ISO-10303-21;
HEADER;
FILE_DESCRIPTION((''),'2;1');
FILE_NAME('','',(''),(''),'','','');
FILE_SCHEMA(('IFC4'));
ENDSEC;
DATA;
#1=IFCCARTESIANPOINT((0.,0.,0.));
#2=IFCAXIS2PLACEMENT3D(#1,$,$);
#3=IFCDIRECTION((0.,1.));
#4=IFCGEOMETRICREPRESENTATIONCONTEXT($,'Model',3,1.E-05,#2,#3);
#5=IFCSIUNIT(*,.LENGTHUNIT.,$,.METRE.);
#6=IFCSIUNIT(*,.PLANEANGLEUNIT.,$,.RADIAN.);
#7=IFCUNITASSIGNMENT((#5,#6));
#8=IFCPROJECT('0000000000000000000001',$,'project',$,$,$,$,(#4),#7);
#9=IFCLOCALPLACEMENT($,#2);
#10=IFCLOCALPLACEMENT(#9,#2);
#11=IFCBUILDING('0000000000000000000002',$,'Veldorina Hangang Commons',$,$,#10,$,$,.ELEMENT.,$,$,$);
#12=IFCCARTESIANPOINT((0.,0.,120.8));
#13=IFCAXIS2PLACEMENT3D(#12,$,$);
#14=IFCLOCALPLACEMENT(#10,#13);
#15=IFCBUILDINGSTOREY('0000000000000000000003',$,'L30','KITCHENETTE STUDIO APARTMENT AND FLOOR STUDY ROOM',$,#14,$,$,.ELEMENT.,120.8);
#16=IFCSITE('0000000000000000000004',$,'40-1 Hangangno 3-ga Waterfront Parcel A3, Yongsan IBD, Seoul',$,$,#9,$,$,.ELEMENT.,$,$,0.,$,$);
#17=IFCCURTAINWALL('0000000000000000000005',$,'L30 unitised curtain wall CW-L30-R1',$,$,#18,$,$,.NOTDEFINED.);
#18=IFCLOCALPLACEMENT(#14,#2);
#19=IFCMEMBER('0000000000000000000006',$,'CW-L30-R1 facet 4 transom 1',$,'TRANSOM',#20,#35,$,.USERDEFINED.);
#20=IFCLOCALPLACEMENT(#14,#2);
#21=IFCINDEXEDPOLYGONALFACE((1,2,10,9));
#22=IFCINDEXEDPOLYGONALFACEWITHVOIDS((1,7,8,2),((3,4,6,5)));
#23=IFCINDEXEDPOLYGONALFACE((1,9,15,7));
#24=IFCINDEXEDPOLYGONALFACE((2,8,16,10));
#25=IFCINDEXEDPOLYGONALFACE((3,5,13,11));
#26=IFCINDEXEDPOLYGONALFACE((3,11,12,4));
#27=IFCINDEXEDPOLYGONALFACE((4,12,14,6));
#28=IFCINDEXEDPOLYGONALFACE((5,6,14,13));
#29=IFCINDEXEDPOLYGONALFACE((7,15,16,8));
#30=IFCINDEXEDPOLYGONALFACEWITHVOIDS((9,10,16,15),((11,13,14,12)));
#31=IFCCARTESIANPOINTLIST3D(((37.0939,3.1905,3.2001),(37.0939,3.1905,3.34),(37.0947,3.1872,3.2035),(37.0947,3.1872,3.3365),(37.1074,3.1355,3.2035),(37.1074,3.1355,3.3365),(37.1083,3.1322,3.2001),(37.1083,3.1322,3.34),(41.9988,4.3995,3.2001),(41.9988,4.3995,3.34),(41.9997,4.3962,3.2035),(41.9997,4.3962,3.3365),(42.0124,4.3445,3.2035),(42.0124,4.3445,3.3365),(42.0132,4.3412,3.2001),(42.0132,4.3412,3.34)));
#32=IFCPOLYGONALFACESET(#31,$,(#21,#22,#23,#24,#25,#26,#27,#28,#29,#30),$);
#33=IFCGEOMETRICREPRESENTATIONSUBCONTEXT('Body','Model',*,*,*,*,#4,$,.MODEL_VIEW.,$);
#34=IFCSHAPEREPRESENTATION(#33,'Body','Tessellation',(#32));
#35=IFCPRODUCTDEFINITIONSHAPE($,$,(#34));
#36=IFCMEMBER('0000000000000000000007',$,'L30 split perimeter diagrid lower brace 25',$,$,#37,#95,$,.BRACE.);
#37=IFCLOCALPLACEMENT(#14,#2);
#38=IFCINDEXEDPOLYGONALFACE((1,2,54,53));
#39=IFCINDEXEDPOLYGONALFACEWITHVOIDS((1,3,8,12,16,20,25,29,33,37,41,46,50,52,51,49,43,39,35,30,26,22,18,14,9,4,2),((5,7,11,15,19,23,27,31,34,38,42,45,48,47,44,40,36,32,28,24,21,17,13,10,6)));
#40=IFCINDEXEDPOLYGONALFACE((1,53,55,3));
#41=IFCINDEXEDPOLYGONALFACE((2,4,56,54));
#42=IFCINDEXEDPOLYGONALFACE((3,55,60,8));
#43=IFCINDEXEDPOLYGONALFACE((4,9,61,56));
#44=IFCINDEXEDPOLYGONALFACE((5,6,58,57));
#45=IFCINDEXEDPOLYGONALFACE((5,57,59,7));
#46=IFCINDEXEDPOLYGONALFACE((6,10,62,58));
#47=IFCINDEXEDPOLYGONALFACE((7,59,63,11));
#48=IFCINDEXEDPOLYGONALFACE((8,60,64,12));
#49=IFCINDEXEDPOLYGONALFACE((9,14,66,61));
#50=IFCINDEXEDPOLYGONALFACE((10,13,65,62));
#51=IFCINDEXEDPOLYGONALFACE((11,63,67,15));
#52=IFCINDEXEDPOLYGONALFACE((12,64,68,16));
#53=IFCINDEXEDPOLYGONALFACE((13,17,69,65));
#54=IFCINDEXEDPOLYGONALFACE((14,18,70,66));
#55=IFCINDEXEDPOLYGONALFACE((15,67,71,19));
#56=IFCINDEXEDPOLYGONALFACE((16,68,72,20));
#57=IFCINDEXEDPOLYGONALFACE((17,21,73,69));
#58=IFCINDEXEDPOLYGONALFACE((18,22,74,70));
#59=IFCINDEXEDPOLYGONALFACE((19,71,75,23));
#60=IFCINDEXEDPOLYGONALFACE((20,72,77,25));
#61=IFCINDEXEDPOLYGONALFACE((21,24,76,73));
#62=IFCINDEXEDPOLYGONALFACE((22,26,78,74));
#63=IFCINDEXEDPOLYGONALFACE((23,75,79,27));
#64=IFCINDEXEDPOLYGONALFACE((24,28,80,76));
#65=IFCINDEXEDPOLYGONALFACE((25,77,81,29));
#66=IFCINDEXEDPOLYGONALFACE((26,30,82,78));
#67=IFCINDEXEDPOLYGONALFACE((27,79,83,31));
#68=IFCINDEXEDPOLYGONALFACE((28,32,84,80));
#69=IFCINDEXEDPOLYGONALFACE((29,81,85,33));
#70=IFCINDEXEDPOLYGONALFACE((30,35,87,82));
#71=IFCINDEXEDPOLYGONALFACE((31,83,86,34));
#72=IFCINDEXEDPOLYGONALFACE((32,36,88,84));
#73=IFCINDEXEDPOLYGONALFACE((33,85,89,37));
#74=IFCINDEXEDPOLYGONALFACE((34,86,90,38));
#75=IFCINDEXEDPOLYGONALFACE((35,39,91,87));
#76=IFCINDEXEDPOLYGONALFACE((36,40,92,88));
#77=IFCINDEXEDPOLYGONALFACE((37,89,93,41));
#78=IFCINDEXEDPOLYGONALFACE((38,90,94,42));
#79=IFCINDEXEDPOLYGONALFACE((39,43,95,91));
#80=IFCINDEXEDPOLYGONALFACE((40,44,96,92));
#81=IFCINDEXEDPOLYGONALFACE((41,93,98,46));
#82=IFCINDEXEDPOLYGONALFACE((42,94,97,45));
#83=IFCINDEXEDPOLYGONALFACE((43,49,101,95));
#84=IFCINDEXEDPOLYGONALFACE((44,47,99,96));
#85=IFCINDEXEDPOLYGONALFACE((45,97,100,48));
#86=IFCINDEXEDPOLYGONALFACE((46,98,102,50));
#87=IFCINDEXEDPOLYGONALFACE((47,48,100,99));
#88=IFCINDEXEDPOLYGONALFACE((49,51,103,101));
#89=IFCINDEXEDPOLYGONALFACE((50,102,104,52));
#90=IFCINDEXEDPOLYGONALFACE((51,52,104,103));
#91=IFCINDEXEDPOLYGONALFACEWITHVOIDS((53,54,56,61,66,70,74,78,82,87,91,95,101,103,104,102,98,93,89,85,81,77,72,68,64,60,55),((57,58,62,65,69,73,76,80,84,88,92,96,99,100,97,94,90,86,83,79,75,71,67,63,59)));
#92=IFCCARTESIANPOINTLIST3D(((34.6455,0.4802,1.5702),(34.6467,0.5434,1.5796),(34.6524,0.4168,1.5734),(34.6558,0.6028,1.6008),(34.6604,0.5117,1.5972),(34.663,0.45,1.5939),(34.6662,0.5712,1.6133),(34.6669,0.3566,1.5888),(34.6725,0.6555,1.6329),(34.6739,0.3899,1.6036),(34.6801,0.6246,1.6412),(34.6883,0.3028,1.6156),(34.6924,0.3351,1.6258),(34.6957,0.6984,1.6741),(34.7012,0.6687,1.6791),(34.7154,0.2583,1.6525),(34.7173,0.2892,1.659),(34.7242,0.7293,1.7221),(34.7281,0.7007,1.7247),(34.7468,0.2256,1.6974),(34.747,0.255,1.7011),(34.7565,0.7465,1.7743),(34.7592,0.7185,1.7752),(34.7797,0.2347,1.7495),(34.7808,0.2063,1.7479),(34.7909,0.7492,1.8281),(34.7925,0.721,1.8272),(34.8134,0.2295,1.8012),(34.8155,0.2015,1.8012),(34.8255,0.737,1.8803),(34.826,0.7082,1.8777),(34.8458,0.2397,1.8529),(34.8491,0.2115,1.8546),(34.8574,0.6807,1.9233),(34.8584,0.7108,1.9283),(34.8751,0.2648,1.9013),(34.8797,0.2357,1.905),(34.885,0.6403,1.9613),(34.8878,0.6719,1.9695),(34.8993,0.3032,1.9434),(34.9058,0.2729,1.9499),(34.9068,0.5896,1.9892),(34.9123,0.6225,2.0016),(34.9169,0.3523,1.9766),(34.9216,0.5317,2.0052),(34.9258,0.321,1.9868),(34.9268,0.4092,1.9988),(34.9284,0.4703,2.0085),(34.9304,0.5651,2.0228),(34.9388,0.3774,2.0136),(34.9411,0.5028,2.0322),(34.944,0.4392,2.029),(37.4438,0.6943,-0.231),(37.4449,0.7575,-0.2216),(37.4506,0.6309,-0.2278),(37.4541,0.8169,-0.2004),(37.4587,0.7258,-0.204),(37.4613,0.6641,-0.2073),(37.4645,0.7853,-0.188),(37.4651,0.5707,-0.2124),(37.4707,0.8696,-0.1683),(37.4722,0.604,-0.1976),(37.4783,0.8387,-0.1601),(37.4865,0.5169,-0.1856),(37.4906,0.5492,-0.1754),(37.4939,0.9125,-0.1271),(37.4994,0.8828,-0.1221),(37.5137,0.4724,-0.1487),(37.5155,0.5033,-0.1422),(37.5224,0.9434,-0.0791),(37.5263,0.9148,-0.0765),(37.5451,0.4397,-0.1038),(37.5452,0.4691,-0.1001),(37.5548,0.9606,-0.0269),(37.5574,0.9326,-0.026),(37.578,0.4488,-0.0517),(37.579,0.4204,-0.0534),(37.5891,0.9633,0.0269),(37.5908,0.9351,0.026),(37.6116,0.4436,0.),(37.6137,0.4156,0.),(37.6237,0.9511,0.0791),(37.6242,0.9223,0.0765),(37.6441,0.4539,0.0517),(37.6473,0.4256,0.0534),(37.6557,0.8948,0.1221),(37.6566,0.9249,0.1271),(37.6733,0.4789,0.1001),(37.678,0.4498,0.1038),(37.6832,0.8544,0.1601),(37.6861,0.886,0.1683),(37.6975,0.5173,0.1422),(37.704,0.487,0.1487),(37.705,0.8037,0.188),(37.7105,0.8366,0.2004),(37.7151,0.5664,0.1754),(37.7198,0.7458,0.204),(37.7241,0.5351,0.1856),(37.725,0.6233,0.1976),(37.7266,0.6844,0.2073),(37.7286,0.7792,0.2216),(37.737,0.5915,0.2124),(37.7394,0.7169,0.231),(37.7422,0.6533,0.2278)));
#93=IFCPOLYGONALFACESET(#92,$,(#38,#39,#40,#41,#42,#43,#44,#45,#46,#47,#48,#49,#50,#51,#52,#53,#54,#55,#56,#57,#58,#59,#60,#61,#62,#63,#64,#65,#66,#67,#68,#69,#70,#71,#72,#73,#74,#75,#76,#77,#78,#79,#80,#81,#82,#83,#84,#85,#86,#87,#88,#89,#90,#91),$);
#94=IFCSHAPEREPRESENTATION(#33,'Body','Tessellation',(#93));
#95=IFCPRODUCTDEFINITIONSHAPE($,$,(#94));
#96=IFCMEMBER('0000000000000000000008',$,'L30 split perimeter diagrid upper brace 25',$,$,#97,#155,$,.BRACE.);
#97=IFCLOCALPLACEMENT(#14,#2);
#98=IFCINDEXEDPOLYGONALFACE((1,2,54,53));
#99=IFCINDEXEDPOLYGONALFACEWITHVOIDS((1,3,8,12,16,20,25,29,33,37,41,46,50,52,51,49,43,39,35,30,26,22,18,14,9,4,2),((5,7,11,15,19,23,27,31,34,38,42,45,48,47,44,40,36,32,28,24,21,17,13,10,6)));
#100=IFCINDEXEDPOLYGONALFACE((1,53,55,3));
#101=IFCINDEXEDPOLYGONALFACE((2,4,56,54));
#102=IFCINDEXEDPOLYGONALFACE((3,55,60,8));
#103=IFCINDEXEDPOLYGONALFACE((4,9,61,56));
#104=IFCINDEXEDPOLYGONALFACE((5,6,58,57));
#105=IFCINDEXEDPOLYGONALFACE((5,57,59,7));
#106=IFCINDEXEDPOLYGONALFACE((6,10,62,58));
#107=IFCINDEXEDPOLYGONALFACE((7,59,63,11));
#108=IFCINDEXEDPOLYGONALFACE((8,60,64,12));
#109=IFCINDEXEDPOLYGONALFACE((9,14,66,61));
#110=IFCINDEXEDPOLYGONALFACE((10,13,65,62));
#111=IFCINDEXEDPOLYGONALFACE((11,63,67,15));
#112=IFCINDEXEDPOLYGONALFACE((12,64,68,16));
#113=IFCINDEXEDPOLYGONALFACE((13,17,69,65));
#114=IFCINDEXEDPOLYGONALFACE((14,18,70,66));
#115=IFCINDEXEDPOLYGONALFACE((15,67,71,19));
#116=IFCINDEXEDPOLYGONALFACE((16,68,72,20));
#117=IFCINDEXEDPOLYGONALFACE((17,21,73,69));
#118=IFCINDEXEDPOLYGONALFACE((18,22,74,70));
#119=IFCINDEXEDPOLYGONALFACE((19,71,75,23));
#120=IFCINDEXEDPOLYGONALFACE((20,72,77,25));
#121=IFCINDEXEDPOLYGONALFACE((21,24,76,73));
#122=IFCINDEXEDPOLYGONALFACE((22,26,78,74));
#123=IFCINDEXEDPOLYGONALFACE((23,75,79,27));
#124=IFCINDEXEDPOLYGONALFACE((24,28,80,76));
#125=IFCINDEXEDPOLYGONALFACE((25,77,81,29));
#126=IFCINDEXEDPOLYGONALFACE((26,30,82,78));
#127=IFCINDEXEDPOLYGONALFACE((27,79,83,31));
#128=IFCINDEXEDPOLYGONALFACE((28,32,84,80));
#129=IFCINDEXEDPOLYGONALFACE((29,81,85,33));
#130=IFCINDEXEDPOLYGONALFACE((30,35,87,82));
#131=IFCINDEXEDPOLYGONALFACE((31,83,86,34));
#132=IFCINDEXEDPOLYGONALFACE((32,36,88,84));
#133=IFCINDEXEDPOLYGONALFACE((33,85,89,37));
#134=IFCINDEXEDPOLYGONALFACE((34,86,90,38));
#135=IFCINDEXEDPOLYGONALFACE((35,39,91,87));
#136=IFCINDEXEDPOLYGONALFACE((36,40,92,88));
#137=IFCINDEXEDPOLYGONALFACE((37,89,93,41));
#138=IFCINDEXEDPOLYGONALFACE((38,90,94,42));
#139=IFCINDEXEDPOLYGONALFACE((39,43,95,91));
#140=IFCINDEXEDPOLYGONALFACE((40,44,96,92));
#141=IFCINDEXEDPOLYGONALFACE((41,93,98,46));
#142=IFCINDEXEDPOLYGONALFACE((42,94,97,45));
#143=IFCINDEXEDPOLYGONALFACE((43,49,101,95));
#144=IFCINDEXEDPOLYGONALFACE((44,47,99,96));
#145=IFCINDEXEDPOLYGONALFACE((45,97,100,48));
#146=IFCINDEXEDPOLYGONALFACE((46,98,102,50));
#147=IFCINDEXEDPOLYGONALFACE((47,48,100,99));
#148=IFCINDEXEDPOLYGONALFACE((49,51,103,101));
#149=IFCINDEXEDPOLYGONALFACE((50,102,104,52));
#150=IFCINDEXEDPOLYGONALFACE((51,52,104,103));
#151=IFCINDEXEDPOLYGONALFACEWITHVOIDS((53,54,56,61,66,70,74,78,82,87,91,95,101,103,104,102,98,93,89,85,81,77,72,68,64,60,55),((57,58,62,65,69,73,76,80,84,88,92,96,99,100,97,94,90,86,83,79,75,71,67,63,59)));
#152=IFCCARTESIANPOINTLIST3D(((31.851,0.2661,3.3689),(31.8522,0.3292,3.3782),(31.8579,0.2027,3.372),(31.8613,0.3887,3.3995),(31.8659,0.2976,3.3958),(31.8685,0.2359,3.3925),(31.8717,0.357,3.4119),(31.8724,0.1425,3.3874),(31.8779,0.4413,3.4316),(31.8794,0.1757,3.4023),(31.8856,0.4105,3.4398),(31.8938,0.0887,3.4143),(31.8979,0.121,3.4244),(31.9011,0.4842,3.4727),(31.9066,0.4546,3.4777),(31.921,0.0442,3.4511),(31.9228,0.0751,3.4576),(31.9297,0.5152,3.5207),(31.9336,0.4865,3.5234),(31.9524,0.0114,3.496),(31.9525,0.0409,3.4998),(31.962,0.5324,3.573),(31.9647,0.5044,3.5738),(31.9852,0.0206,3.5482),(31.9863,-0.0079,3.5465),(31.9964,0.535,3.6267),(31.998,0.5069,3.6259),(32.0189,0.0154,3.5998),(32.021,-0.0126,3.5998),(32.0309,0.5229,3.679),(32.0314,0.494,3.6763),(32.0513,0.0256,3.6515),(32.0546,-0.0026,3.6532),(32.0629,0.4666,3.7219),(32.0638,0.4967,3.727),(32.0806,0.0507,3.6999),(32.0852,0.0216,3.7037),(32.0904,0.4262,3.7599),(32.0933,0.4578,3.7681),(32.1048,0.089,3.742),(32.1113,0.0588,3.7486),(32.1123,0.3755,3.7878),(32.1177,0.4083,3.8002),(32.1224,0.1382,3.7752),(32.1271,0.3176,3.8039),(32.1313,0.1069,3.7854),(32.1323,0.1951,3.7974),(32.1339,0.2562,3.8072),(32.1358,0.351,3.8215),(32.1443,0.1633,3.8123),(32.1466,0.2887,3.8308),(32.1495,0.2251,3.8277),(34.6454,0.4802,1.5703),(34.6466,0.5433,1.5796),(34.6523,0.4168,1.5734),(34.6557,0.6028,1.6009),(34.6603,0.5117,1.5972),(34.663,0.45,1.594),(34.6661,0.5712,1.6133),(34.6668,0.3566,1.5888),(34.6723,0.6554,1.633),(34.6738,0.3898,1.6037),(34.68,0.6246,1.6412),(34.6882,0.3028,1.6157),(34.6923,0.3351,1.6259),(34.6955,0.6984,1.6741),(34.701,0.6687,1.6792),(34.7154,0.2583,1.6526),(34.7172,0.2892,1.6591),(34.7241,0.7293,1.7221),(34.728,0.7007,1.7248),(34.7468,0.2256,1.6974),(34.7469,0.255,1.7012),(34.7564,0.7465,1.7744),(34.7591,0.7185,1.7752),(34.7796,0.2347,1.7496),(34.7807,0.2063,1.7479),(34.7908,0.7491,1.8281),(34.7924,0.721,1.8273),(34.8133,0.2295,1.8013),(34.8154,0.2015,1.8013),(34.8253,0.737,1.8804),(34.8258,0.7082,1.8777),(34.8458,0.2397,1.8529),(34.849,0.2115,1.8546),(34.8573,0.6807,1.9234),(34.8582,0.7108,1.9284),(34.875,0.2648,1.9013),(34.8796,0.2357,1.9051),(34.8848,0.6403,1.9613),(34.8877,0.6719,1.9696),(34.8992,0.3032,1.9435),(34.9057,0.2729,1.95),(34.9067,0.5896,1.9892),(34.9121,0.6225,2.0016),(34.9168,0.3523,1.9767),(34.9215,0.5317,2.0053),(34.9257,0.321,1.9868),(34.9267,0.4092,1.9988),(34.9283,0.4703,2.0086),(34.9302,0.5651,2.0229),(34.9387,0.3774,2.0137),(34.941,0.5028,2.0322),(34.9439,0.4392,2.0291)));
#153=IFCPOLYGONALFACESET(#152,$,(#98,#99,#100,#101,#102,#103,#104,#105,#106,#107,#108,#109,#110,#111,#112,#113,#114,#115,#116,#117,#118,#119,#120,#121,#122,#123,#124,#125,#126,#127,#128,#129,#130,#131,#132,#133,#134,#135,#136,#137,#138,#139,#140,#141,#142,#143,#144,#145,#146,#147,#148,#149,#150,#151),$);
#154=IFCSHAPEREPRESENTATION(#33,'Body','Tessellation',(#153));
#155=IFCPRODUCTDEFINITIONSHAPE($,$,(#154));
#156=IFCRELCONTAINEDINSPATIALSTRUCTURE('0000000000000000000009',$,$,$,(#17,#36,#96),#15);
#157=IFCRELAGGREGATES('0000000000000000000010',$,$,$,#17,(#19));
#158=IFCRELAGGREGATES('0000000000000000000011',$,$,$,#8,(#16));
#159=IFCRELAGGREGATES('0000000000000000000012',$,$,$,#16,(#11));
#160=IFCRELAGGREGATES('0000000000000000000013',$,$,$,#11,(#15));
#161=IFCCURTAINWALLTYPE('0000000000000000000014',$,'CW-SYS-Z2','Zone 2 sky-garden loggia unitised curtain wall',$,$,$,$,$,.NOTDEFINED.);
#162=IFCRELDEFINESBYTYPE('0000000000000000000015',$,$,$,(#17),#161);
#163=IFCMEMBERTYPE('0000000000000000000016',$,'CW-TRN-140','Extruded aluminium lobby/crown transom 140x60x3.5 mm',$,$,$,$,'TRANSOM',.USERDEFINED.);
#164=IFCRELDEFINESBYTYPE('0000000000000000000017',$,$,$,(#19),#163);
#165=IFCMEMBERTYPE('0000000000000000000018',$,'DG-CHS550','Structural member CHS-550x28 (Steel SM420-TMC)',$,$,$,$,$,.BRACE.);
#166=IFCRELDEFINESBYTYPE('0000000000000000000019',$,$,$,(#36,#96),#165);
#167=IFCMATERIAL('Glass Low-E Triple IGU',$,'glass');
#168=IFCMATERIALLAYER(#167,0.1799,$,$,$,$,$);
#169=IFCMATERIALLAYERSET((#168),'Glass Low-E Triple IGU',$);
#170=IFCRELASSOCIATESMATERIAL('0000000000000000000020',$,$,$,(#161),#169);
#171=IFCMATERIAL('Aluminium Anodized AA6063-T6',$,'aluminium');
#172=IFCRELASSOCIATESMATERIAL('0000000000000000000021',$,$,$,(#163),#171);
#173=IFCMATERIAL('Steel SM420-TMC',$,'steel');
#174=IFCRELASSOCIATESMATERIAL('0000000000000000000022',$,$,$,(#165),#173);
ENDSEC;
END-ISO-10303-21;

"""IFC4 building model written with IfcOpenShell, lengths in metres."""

from ifc_helpers import new_model, si_unit, direction, frame, origin, origin_2d, place, context, subcontext, project, spatial, hollow_rectangle, hollow_circle, extrude, material, layer, layer_set, material_profile, profile_set, type_object, element, aggregate, save


model = new_model("IFC4")

# Units and contexts
model_context = context("Model", 3, precision=1e-05, world=origin(), true_north=direction((0.0, 1.0)))
body_context = subcontext(model_context, "Body", "Model", "MODEL_VIEW")
ifc_project = project(units=[si_unit("LENGTHUNIT", "METRE"), si_unit("PLANEANGLEUNIT", "RADIAN")], contexts=[model_context])

# Site, building, storey
site_placement = place(None, origin())
site = spatial("IfcSite", under=ifc_project, at=site_placement, Name="40-1 Hangangno 3-ga Waterfront Parcel A3, Yongsan IBD, Seoul", CompositionType="ELEMENT", RefElevation=0.0)
building_placement = place(site_placement, origin())
building = spatial("IfcBuilding", under=site, at=building_placement, Name="Veldorina Hangang Commons", CompositionType="ELEMENT")
storey_placement = place(building_placement, frame((0.0, 0.0, 120.8)))
storey = spatial("IfcBuildingStorey", under=building, at=storey_placement, Name="L30", Description="KITCHENETTE STUDIO APARTMENT AND FLOOR STUDY ROOM", CompositionType="ELEMENT", Elevation=120.8)

# Shared definitions
ifc_material_1 = material(Name="Steel SM420-TMC", Category="steel")

# Curtain wall, member
ifc_material_2 = material(Name="Glass Low-E Triple IGU", Category="glass")
ifc_layer_1 = layer(ifc_material_2, 0.1799)
ifc_layer_set_1 = layer_set([ifc_layer_1], Name="Glass Low-E Triple IGU")
curtain_wall_type = type_object("IfcCurtainWallType", Name="CW-SYS-Z2", Description="Zone 2 sky-garden loggia unitised curtain wall", PredefinedType="NOTDEFINED", material=ifc_layer_set_1)
curtain_wall_placement = place(storey_placement, origin())
curtain_wall = element("IfcCurtainWall", 1, at=curtain_wall_placement, inside=storey, type_object=curtain_wall_type, Name="L30 unitised curtain wall CW-L30-R1", PredefinedType="NOTDEFINED")
ifc_material_3 = material(Name="Aluminium Anodized AA6063-T6", Category="aluminium")
ifc_material_profile_1 = material_profile(ifc_material_3, hollow_rectangle(XDim=0.0601, YDim=0.1399, WallThickness=0.0034, at=origin_2d()), Name="ALU-RHS-140x60x3.5")
ifc_profile_set_1 = profile_set([ifc_material_profile_1], Name="Aluminium Anodized AA6063-T6")
member_type_1 = type_object("IfcMemberType", Name="CW-TRN-140", Description="Extruded aluminium lobby/crown transom 140x60x3.5 mm", ElementType="TRANSOM", PredefinedType="USERDEFINED", material=ifc_profile_set_1)
member_1_placement = place(storey_placement, frame((37.1011, 3.1614, 3.27), z_axis=(0.970942, 0.239316, 0.0), x_axis=(-0.239316, 0.970942, 0.0)))
member_1 = element("IfcMember", 2, at=member_1_placement, type_object=member_type_1, Name="CW-L30-R1 facet 4 transom 1", ObjectType="TRANSOM", PredefinedType="USERDEFINED", context=body_context, shape_type="SweptSolid", body=[
    extrude(hollow_rectangle(XDim=0.0601, YDim=0.1399, WallThickness=0.0034, at=origin_2d()), origin(), (0.0, 0.0, 1.0), 5.0518),
])

# Members
ifc_material_profile_2 = material_profile(ifc_material_1, hollow_circle(Radius=0.2749, WallThickness=0.0281, at=origin_2d()), Name="CHS-550x28")
ifc_profile_set_2 = profile_set([ifc_material_profile_2], Name="Steel SM420-TMC")
member_type_2 = type_object("IfcMemberType", Name="DG-CHS550", Description="Structural member CHS-550x28 (Steel SM420-TMC)", PredefinedType="BRACE", material=ifc_profile_set_2)
member_2_placement = place(storey_placement, frame((37.5928, 0.6897, 0.0), z_axis=(-0.839124, -0.064204, 0.540138), x_axis=(0.076291, -0.997086, 0.0)))
element("IfcMember", 3, at=member_2_placement, inside=storey, type_object=member_type_2, Name="L30 split perimeter diagrid lower brace 25", PredefinedType="BRACE", context=body_context, shape_type="SweptSolid", body=[
    extrude(hollow_circle(Radius=0.2749, WallThickness=0.0281, at=origin_2d()), origin(), (0.0, 0.0, 1.0), 3.3347),
])
member_3_placement = place(storey_placement, frame((34.7944, 0.4756, 1.8013), z_axis=(-0.839142, -0.064296, 0.540098), x_axis=(0.076397, -0.997077, 0.0)))
element("IfcMember", 4, at=member_3_placement, inside=storey, type_object=member_type_2, Name="L30 split perimeter diagrid upper brace 25", PredefinedType="BRACE", context=body_context, shape_type="SweptSolid", body=[
    extrude(hollow_circle(Radius=0.2749, WallThickness=0.0281, at=origin_2d()), origin(), (0.0, 0.0, 1.0), 3.3301),
])

aggregate(curtain_wall, [member_1])

save(model, "model.ifc")
